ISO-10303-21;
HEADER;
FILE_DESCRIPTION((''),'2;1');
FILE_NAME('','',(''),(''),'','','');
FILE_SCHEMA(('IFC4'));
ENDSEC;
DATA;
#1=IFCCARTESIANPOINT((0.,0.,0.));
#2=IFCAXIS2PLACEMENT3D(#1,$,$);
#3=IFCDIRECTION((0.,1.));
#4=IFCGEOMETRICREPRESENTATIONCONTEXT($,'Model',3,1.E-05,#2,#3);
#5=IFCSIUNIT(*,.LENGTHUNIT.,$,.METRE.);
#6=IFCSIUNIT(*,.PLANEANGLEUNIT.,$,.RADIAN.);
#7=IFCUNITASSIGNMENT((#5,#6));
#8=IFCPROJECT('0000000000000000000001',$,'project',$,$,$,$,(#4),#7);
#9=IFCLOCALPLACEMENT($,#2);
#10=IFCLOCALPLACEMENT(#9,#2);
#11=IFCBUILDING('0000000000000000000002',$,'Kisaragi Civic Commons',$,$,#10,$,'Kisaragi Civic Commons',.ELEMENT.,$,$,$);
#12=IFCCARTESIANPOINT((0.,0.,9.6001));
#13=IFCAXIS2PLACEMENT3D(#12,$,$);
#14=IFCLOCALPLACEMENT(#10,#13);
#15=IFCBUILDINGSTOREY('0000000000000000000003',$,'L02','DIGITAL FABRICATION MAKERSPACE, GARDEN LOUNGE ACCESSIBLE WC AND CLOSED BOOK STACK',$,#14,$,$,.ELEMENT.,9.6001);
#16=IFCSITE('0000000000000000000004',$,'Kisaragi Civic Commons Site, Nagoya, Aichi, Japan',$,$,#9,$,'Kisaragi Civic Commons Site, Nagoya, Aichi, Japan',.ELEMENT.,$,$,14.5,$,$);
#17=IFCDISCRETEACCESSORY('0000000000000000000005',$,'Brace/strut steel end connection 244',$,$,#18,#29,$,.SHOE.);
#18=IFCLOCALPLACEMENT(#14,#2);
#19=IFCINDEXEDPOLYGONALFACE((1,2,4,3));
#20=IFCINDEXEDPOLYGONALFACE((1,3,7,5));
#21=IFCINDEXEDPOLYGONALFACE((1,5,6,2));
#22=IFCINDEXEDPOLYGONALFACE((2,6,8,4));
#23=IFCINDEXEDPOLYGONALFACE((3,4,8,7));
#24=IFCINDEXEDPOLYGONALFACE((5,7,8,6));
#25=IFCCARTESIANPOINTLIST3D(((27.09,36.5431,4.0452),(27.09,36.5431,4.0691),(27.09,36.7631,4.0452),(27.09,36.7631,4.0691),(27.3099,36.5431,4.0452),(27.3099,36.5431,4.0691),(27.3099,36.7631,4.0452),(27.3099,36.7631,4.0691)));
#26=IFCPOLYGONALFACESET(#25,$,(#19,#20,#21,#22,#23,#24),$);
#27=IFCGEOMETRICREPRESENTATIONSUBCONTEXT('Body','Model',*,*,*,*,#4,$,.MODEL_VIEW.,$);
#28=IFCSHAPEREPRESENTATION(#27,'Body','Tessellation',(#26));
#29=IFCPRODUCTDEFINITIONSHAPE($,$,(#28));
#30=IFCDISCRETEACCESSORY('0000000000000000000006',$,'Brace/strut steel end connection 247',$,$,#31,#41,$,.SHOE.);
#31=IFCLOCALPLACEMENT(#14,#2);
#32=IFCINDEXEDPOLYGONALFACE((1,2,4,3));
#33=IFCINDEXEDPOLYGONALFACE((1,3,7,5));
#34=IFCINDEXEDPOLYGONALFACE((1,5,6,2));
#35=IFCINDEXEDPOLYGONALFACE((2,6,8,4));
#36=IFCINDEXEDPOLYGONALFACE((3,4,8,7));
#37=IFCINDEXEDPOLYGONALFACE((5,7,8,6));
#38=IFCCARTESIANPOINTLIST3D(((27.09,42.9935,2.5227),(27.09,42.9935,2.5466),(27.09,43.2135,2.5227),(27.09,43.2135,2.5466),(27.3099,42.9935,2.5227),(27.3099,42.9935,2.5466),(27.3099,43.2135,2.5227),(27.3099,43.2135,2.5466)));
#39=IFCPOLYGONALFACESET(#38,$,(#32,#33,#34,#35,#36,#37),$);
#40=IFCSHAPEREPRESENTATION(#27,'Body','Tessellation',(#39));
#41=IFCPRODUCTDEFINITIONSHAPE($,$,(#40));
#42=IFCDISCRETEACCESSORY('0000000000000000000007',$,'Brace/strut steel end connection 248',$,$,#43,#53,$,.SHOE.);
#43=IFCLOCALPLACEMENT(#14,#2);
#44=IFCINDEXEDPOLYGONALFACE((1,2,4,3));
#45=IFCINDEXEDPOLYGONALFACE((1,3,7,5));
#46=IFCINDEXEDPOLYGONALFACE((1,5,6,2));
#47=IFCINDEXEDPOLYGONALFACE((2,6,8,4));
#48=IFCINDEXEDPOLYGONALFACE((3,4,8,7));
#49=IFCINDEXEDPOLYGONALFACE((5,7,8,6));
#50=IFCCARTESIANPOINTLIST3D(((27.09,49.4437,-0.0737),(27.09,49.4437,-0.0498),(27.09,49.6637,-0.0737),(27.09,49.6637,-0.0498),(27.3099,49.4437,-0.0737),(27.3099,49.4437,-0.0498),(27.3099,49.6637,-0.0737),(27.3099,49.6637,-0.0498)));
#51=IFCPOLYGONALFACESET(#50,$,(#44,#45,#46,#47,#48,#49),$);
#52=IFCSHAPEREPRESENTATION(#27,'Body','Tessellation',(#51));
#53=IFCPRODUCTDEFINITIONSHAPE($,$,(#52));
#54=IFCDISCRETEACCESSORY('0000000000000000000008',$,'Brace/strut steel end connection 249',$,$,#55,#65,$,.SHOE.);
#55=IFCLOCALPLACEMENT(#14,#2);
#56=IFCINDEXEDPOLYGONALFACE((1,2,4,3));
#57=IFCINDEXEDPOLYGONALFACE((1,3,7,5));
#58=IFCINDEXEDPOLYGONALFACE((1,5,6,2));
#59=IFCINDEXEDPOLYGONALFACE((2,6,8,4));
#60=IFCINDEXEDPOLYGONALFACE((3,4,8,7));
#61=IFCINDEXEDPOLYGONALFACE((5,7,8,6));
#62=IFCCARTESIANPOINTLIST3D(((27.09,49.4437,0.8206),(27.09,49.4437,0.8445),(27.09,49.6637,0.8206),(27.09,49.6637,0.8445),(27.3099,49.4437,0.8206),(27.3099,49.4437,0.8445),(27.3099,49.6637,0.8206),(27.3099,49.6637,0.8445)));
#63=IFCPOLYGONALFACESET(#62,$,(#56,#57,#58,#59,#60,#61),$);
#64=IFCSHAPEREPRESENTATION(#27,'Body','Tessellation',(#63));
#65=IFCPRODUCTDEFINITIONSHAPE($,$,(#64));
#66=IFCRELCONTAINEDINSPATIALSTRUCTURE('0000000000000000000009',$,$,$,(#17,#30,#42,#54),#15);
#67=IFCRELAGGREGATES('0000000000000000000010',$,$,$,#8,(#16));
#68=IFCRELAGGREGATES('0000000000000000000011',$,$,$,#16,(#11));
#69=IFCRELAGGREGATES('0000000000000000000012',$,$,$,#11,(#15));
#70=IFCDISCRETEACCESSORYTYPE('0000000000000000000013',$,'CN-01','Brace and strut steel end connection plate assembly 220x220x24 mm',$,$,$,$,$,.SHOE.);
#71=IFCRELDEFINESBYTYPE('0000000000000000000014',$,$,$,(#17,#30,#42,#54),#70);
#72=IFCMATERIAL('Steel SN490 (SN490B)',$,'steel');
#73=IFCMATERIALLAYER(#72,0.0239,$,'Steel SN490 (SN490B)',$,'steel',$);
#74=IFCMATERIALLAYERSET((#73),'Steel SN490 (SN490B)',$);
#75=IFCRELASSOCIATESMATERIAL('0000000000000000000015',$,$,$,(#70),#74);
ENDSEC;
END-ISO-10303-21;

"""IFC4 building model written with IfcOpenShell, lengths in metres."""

from ifc_helpers import new_model, si_unit, direction, frame, origin, origin_2d, place, context, subcontext, project, spatial, rectangle, extrude, material, layer, layer_set, type_object, element, save


model = new_model("IFC4")

# Units and contexts
model_context = context("Model", 3, precision=1e-05, world=origin(), true_north=direction((0.0, 1.0)))
body_context = subcontext(model_context, "Body", "Model", "MODEL_VIEW")
ifc_project = project(units=[si_unit("LENGTHUNIT", "METRE"), si_unit("PLANEANGLEUNIT", "RADIAN")], contexts=[model_context])

# Site, building, storey
site_placement = place(None, origin())
site = spatial("IfcSite", under=ifc_project, at=site_placement, Name="Kisaragi Civic Commons Site, Nagoya, Aichi, Japan", LongName="Kisaragi Civic Commons Site, Nagoya, Aichi, Japan", CompositionType="ELEMENT", RefElevation=14.5)
building_placement = place(site_placement, origin())
building = spatial("IfcBuilding", under=site, at=building_placement, Name="Kisaragi Civic Commons", LongName="Kisaragi Civic Commons", CompositionType="ELEMENT")
storey_placement = place(building_placement, frame((0.0, 0.0, 9.6001)))
storey = spatial("IfcBuildingStorey", under=building, at=storey_placement, Name="L02", Description="DIGITAL FABRICATION MAKERSPACE, GARDEN LOUNGE ACCESSIBLE WC AND CLOSED BOOK STACK", CompositionType="ELEMENT", Elevation=9.6001)

# Discrete accessories
ifc_material_1 = material(Name="Steel SN490 (SN490B)", Category="steel")
ifc_layer_1 = layer(ifc_material_1, 0.0239, Name="Steel SN490 (SN490B)", Category="steel")
ifc_layer_set_1 = layer_set([ifc_layer_1], Name="Steel SN490 (SN490B)")
discrete_accessory_type = type_object("IfcDiscreteAccessoryType", Name="CN-01", Description="Brace and strut steel end connection plate assembly 220x220x24 mm", PredefinedType="SHOE", material=ifc_layer_set_1)
for number, where, z_axis, x_axis, name in (
    (1, (27.2, 36.6531, 4.0452), (0.0, 0.0, 1.0), (1.0, 0.0, 0.0), "Brace/strut steel end connection 244"),
    (2, (27.2, 43.1035, 2.5227), (0.0, 0.0, 1.0), (1.0, 0.0, 0.0), "Brace/strut steel end connection 247"),
    (3, (27.2, 49.5537, -0.0737), (0.0, 0.0, 1.0), (1.0, 0.0, 0.0), "Brace/strut steel end connection 248"),
    (4, (27.2, 49.5537, 0.8206), (0.0, 0.0, 1.0), (1.0, 0.0, 0.0), "Brace/strut steel end connection 249"),
):
    element("IfcDiscreteAccessory", number, at=place(storey_placement, frame(where, z_axis=z_axis, x_axis=x_axis)), inside=storey, type_object=discrete_accessory_type, Name=name, PredefinedType="SHOE", context=body_context, shape_type="SweptSolid", body=[
        extrude(rectangle(XDim=0.22, YDim=0.22, at=origin_2d()), origin(), (0.0, 0.0, 1.0), 0.0239),
    ])

save(model, "model.ifc")
